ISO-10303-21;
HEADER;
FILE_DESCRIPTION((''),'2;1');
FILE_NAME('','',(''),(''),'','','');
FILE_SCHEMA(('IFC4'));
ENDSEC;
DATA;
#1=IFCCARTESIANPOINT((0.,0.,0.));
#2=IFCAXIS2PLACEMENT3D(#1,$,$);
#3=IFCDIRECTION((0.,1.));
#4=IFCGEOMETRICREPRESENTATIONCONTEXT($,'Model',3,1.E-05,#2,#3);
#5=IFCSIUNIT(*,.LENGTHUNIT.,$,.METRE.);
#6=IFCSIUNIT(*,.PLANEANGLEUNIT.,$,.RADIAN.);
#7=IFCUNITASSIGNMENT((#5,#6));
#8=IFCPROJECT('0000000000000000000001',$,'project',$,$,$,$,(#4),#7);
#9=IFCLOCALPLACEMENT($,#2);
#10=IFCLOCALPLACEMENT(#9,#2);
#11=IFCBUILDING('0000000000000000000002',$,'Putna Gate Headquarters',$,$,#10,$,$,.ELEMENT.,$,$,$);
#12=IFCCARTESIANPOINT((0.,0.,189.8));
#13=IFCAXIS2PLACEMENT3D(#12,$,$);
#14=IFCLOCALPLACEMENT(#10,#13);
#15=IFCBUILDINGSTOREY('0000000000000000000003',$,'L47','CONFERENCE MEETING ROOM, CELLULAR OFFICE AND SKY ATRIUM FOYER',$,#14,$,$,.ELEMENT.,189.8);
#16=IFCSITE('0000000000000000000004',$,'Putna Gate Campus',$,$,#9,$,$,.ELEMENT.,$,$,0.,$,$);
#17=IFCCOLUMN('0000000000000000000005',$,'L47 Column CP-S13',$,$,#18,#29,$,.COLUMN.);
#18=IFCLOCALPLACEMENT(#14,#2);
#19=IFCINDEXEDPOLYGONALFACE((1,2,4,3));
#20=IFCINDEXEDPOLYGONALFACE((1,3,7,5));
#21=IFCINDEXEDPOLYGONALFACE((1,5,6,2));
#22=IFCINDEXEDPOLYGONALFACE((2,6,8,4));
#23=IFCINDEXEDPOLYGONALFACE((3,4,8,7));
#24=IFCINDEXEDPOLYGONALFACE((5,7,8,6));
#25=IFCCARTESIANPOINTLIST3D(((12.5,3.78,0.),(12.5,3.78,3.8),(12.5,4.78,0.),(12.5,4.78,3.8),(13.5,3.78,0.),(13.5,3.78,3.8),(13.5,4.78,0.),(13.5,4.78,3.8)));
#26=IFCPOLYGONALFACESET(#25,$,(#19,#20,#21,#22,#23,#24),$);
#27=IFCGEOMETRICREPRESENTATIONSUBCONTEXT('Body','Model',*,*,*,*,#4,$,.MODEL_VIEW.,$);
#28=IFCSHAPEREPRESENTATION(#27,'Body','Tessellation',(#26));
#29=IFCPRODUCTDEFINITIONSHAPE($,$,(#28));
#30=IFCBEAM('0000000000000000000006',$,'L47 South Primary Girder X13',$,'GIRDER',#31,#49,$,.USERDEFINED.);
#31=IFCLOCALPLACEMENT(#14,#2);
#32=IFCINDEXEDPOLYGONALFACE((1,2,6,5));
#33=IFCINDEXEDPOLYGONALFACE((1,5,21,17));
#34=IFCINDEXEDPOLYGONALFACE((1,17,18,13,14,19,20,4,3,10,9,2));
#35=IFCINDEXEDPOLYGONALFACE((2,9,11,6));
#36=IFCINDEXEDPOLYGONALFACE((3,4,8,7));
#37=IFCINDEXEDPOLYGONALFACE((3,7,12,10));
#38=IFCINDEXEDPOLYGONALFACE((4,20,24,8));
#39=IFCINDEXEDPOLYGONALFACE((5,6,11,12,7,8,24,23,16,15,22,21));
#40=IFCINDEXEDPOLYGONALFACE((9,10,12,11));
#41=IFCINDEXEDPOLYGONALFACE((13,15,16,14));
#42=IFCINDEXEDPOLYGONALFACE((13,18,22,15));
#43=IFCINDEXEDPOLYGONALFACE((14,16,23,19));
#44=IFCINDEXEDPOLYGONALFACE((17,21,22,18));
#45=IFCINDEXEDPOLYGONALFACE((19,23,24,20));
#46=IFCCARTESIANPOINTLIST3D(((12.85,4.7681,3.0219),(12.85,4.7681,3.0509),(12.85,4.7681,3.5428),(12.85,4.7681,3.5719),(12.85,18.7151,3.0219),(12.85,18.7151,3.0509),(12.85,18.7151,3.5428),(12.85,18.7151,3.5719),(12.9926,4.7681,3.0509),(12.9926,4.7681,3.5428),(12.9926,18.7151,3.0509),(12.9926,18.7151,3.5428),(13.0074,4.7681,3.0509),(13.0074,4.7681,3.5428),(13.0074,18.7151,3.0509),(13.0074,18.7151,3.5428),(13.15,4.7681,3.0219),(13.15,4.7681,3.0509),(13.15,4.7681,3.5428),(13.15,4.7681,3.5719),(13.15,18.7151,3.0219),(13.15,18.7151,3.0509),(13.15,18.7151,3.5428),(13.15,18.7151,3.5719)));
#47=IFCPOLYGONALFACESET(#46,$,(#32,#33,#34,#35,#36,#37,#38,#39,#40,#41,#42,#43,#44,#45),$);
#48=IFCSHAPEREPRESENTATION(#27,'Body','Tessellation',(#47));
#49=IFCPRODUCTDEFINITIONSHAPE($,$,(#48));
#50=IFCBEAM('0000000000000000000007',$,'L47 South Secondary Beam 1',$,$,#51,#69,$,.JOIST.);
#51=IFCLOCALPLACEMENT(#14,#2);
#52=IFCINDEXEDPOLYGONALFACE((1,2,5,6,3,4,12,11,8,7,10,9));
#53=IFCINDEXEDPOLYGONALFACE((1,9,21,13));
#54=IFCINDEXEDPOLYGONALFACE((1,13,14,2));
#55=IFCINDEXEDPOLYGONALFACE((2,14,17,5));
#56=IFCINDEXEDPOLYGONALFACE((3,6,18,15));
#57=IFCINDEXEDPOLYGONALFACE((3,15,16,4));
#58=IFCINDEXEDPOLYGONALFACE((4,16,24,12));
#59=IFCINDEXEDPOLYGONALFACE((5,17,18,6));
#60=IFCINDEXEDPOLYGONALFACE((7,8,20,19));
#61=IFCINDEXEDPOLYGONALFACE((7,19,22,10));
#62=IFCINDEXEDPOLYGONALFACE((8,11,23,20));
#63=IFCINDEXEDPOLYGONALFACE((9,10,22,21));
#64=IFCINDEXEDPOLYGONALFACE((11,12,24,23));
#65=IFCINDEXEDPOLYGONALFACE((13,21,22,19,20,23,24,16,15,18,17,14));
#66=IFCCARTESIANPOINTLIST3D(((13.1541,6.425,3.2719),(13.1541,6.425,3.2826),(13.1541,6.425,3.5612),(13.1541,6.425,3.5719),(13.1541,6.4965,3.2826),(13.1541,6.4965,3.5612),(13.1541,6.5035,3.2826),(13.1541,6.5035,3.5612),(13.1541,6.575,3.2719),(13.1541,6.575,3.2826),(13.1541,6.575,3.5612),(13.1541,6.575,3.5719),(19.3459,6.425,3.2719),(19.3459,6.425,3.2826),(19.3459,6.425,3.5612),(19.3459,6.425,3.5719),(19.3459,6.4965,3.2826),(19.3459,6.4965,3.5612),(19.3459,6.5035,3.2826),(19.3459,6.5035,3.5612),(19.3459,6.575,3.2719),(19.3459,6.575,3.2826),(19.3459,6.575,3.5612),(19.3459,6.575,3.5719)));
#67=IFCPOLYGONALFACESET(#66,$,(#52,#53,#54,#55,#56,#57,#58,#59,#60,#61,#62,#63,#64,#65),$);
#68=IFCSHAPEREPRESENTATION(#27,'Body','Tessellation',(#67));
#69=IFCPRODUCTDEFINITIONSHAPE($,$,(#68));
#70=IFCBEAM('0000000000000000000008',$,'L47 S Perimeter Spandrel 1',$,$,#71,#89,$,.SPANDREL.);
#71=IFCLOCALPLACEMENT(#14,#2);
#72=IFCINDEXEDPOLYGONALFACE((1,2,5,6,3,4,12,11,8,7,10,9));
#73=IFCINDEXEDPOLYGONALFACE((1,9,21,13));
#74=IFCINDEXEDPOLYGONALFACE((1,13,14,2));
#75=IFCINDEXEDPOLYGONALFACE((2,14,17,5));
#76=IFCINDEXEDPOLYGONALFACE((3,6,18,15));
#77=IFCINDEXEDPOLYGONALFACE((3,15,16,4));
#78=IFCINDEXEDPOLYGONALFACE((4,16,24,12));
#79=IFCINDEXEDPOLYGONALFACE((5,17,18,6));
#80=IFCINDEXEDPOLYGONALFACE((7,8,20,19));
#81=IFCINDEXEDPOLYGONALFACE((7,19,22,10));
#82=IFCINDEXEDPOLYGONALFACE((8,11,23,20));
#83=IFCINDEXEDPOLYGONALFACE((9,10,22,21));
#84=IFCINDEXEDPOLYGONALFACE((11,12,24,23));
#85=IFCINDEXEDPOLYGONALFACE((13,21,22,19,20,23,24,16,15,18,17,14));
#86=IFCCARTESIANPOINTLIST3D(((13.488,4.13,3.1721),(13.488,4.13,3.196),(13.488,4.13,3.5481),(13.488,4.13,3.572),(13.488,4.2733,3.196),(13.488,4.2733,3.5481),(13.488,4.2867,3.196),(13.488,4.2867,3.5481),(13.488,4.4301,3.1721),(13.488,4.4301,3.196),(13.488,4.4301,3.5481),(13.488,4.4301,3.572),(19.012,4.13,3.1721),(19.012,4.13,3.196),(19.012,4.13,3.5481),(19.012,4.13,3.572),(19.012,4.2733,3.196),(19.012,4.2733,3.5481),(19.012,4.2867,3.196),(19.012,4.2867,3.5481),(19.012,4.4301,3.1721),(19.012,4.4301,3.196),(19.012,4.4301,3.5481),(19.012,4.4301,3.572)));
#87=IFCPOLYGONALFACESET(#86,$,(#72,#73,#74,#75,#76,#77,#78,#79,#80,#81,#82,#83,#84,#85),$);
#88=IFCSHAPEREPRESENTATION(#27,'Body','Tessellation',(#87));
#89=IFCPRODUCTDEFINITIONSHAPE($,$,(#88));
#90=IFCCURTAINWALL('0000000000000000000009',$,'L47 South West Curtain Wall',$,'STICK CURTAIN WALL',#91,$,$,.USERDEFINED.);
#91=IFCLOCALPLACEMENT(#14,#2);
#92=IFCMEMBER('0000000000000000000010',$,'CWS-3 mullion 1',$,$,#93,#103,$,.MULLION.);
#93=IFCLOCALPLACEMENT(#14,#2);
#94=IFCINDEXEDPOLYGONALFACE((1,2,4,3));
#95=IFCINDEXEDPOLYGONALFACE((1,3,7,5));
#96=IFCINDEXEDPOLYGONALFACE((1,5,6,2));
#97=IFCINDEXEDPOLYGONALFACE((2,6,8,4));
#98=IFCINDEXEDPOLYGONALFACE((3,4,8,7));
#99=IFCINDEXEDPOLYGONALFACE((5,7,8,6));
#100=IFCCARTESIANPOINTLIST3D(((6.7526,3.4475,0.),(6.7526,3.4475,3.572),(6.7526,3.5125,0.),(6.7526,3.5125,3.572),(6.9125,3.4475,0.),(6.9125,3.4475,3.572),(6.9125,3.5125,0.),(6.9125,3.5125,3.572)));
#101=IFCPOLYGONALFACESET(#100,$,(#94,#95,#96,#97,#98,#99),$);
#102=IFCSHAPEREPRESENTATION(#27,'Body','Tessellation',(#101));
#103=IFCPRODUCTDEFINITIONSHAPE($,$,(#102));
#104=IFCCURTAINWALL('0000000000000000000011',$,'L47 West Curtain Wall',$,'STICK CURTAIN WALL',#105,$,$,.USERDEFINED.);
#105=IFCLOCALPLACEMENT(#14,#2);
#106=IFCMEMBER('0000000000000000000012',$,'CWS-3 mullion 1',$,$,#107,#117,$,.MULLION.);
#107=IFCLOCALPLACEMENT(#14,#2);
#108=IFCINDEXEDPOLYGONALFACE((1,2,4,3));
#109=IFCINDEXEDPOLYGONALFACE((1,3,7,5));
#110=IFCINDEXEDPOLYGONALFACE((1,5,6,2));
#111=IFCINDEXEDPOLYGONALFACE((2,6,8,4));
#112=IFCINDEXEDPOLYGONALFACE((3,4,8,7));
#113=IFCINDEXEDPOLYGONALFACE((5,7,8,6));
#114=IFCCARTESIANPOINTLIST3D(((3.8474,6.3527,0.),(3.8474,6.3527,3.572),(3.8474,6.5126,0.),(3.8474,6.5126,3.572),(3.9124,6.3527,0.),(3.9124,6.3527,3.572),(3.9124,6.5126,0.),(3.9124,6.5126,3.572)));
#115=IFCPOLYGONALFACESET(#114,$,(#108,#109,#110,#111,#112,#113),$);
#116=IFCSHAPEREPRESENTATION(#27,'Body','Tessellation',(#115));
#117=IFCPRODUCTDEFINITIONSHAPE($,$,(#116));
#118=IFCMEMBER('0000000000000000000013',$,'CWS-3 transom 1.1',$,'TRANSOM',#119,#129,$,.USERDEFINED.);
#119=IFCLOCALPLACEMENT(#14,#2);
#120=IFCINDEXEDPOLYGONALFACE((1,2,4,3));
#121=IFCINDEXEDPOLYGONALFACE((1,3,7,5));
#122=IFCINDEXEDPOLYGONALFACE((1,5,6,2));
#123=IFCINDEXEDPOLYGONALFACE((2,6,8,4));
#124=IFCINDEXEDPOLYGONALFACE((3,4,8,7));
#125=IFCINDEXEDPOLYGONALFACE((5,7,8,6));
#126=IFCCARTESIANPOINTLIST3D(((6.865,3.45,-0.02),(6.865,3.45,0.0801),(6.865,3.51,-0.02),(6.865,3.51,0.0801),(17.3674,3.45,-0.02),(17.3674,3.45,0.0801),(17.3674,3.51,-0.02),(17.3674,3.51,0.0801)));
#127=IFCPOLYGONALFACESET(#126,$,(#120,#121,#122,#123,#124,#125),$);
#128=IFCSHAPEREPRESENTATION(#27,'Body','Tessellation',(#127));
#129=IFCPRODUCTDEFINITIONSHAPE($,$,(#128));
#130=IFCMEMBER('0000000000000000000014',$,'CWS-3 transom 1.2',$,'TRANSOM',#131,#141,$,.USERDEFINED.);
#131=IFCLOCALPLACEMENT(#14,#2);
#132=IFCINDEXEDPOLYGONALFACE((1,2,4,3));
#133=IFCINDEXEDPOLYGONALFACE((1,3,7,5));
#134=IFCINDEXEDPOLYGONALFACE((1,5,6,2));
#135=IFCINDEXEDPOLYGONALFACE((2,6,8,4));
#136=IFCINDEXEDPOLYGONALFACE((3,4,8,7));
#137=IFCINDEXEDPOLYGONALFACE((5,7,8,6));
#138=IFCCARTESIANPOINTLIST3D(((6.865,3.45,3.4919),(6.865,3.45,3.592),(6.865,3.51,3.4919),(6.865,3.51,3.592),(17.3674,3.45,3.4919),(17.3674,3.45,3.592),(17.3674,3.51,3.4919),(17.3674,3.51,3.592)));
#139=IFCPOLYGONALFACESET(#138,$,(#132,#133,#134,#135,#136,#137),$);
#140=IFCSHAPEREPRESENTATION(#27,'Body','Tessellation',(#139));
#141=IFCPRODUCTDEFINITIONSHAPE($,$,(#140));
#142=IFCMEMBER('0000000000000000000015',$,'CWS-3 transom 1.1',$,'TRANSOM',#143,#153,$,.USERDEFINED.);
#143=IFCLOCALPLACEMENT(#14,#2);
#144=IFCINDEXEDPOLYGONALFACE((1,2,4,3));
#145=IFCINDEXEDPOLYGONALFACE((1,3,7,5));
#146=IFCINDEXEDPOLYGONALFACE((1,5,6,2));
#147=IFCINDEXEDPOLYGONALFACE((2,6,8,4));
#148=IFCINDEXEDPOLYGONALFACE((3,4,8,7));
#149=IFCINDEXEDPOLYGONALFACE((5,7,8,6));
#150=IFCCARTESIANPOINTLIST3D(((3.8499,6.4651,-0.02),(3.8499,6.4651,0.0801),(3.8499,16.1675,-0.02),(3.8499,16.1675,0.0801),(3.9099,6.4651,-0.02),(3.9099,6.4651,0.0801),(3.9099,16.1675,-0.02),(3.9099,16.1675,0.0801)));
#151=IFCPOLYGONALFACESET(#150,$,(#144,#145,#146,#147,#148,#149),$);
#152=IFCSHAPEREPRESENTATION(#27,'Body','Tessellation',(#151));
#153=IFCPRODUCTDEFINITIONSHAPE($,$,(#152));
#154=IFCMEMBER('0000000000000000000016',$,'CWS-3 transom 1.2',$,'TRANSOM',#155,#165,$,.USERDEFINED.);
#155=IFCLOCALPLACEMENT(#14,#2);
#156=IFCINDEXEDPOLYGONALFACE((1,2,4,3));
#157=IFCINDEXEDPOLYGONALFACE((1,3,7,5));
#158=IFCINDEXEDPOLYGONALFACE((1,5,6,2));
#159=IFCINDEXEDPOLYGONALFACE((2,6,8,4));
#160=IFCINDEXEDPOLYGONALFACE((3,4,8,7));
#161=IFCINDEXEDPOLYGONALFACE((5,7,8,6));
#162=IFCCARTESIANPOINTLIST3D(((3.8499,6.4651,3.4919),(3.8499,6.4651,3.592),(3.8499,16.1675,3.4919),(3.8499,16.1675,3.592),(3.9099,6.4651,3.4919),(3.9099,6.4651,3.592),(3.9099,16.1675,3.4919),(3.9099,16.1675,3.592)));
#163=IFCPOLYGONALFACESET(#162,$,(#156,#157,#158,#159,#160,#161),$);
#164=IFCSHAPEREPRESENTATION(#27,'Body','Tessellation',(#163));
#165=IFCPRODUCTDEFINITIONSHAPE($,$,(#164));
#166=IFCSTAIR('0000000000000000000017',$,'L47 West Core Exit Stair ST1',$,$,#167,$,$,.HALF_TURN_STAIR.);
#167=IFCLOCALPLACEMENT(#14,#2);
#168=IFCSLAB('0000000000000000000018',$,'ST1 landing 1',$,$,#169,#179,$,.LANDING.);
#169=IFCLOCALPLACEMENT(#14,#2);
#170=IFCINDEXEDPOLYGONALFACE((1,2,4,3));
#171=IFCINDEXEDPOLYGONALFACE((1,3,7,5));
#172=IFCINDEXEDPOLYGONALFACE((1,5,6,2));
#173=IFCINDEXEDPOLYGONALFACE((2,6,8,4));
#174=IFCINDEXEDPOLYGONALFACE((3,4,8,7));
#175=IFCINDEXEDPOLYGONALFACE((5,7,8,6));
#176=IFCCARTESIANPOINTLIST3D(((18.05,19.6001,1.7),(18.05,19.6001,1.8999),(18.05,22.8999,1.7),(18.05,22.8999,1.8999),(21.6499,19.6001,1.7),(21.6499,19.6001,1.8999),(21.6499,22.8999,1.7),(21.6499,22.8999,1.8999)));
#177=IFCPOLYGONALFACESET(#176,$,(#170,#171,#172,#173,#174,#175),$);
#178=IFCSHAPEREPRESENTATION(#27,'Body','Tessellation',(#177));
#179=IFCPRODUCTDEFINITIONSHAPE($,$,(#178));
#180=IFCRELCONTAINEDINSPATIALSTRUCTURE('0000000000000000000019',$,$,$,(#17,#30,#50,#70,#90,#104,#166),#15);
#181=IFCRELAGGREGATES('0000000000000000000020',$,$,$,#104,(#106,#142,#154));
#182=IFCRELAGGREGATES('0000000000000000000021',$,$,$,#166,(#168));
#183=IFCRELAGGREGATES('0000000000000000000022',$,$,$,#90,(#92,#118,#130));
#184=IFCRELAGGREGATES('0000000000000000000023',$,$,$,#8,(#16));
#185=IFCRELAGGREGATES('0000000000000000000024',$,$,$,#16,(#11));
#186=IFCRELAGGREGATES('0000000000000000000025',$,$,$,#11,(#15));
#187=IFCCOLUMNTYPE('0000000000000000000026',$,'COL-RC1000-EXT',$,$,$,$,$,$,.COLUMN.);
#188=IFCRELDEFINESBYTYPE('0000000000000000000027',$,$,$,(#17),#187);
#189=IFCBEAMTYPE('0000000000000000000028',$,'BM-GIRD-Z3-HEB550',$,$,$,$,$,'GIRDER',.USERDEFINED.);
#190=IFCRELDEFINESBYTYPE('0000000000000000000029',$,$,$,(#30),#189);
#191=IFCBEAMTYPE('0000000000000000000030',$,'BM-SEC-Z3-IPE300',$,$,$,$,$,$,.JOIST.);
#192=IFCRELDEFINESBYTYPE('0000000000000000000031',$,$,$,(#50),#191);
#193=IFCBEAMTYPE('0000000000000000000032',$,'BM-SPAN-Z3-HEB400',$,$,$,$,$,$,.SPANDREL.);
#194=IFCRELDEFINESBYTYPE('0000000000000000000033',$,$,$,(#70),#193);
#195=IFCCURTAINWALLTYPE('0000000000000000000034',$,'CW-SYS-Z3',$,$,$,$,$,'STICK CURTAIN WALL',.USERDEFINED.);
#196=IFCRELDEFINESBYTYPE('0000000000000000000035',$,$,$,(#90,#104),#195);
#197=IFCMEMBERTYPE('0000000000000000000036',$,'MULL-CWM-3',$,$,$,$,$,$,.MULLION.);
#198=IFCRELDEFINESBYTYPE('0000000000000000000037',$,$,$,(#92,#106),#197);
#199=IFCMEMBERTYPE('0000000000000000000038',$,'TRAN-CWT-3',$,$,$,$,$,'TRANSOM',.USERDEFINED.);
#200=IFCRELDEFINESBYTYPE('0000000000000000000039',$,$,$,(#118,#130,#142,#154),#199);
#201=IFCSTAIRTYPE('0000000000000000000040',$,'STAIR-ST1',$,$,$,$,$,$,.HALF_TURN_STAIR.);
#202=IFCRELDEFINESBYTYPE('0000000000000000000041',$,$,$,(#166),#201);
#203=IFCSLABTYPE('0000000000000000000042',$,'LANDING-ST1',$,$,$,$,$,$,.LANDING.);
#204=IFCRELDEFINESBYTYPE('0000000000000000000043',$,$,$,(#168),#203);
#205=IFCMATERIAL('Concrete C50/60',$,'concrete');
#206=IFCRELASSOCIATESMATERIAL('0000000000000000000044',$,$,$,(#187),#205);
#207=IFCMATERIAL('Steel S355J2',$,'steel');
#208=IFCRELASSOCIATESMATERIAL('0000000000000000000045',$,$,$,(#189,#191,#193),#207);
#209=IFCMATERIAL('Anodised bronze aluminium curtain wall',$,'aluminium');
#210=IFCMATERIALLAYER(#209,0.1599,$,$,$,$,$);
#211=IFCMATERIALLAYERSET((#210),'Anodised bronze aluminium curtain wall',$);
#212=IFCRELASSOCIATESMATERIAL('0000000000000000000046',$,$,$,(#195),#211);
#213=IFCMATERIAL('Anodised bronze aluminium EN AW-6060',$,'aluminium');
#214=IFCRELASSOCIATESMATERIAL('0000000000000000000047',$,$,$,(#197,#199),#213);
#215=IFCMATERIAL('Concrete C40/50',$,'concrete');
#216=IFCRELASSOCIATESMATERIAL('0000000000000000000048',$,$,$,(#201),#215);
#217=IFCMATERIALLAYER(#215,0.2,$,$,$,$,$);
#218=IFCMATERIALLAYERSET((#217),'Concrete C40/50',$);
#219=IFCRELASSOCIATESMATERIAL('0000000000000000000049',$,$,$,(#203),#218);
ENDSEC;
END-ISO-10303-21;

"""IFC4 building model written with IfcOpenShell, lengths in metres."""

from ifc_helpers import new_model, si_unit, direction, frame, origin, origin_2d, place, context, subcontext, project, spatial, polyline, rectangle, i_section, outline, extrude, material, layer, layer_set, material_profile, profile_set, type_object, element, aggregate, save


model = new_model("IFC4")

# Units and contexts
model_context = context("Model", 3, precision=1e-05, world=origin(), true_north=direction((0.0, 1.0)))
body_context = subcontext(model_context, "Body", "Model", "MODEL_VIEW")
ifc_project = project(units=[si_unit("LENGTHUNIT", "METRE"), si_unit("PLANEANGLEUNIT", "RADIAN")], contexts=[model_context])

# Site, building, storey
site_placement = place(None, origin())
site = spatial("IfcSite", under=ifc_project, at=site_placement, Name="Putna Gate Campus", CompositionType="ELEMENT", RefElevation=0.0)
building_placement = place(site_placement, origin())
building = spatial("IfcBuilding", under=site, at=building_placement, Name="Putna Gate Headquarters", CompositionType="ELEMENT")
storey_placement = place(building_placement, frame((0.0, 0.0, 189.8)))
storey = spatial("IfcBuildingStorey", under=building, at=storey_placement, Name="L47", Description="CONFERENCE MEETING ROOM, CELLULAR OFFICE AND SKY ATRIUM FOYER", CompositionType="ELEMENT", Elevation=189.8)

# Column
ifc_material_1 = material(Name="Concrete C50/60", Category="concrete")
ifc_material_profile_1 = material_profile(ifc_material_1, rectangle(XDim=1.0, YDim=1.0, at=origin_2d()), Name="Concrete C50/60")
ifc_profile_set_1 = profile_set([ifc_material_profile_1], Name="Concrete C50/60")
column_type = type_object("IfcColumnType", Name="COL-RC1000-EXT", PredefinedType="COLUMN", material=ifc_profile_set_1)
column_placement = place(storey_placement, frame((13.0, 4.28, 0.0), z_axis=(0.0, 0.0, 1.0), x_axis=(1.0, 0.0, 0.0)))
element("IfcColumn", 1, at=column_placement, inside=storey, type_object=column_type, Name="L47 Column CP-S13", PredefinedType="COLUMN", context=body_context, shape_type="SweptSolid", body=[
    extrude(rectangle(XDim=1.0, YDim=1.0, at=origin_2d()), origin(), (0.0, 0.0, 1.0), 3.8),
])

# Beams
ifc_material_2 = material(Name="Steel S355J2", Category="steel")
ifc_material_profile_2 = material_profile(ifc_material_2, i_section(OverallWidth=0.3, OverallDepth=0.55, WebThickness=0.0149, FlangeThickness=0.0291, at=origin_2d()), Name="Steel S355J2")
ifc_profile_set_2 = profile_set([ifc_material_profile_2], Name="Steel S355J2")
beam_type_1 = type_object("IfcBeamType", Name="BM-GIRD-Z3-HEB550", ElementType="GIRDER", PredefinedType="USERDEFINED", material=ifc_profile_set_2)
beam_1_placement = place(storey_placement, frame((13.0, 4.7681, 3.2969), z_axis=(0.0, 1.0, 0.0), x_axis=(-1.0, 0.0, 0.0)))
element("IfcBeam", 2, at=beam_1_placement, inside=storey, type_object=beam_type_1, Name="L47 South Primary Girder X13", ObjectType="GIRDER", PredefinedType="USERDEFINED", context=body_context, shape_type="SweptSolid", body=[
    extrude(i_section(OverallWidth=0.3, OverallDepth=0.55, WebThickness=0.0149, FlangeThickness=0.0291, at=origin_2d()), origin(), (0.0, 0.0, 1.0), 13.947),
])
ifc_material_profile_3 = material_profile(ifc_material_2, i_section(OverallWidth=0.1499, OverallDepth=0.3, WebThickness=0.0071, FlangeThickness=0.0107, at=origin_2d()), Name="Steel S355J2")
ifc_profile_set_3 = profile_set([ifc_material_profile_3], Name="Steel S355J2")
beam_type_2 = type_object("IfcBeamType", Name="BM-SEC-Z3-IPE300", PredefinedType="JOIST", material=ifc_profile_set_3)
beam_2_placement = place(storey_placement, frame((13.1541, 6.5, 3.4219), z_axis=(1.0, 0.0, 0.0), x_axis=(0.0, 1.0, 0.0)))
element("IfcBeam", 3, at=beam_2_placement, inside=storey, type_object=beam_type_2, Name="L47 South Secondary Beam 1", PredefinedType="JOIST", context=body_context, shape_type="SweptSolid", body=[
    extrude(i_section(OverallWidth=0.1499, OverallDepth=0.3, WebThickness=0.0071, FlangeThickness=0.0107, at=origin_2d()), origin(), (0.0, 0.0, 1.0), 6.1919),
])
ifc_material_profile_4 = material_profile(ifc_material_2, i_section(OverallWidth=0.3, OverallDepth=0.3999, WebThickness=0.0134, FlangeThickness=0.0239, at=origin_2d()), Name="Steel S355J2")
ifc_profile_set_4 = profile_set([ifc_material_profile_4], Name="Steel S355J2")
beam_type_3 = type_object("IfcBeamType", Name="BM-SPAN-Z3-HEB400", PredefinedType="SPANDREL", material=ifc_profile_set_4)
beam_3_placement = place(storey_placement, frame((13.488, 4.28, 3.3721), z_axis=(1.0, 0.0, 0.0), x_axis=(0.0, 1.0, 0.0)))
element("IfcBeam", 4, at=beam_3_placement, inside=storey, type_object=beam_type_3, Name="L47 S Perimeter Spandrel 1", PredefinedType="SPANDREL", context=body_context, shape_type="SweptSolid", body=[
    extrude(i_section(OverallWidth=0.3, OverallDepth=0.3999, WebThickness=0.0134, FlangeThickness=0.0239, at=origin_2d()), origin(), (0.0, 0.0, 1.0), 5.5239),
])

# Curtain walls, members
ifc_material_3 = material(Name="Anodised bronze aluminium curtain wall", Category="aluminium")
ifc_layer_1 = layer(ifc_material_3, 0.1599)
ifc_layer_set_1 = layer_set([ifc_layer_1], Name="Anodised bronze aluminium curtain wall")
curtain_wall_type = type_object("IfcCurtainWallType", Name="CW-SYS-Z3", ElementType="STICK CURTAIN WALL", PredefinedType="USERDEFINED", material=ifc_layer_set_1)
curtain_wall_1_placement = place(storey_placement, origin())
curtain_wall_1 = element("IfcCurtainWall", 5, at=curtain_wall_1_placement, inside=storey, type_object=curtain_wall_type, Name="L47 South West Curtain Wall", ObjectType="STICK CURTAIN WALL", PredefinedType="USERDEFINED")
ifc_material_4 = material(Name="Anodised bronze aluminium EN AW-6060", Category="aluminium")
ifc_material_profile_5 = material_profile(ifc_material_4, rectangle(XDim=0.0649, YDim=0.1599, at=origin_2d()), Name="Anodised bronze aluminium EN AW-6060")
ifc_profile_set_5 = profile_set([ifc_material_profile_5], Name="Anodised bronze aluminium EN AW-6060")
member_type_1 = type_object("IfcMemberType", Name="MULL-CWM-3", PredefinedType="MULLION", material=ifc_profile_set_5)
member_1_placement = place(storey_placement, frame((6.8325, 3.48, 0.0), z_axis=(0.0, 0.0, 1.0), x_axis=(0.0, 1.0, 0.0)))
member_1 = element("IfcMember", 6, at=member_1_placement, type_object=member_type_1, Name="CWS-3 mullion 1", PredefinedType="MULLION", context=body_context, shape_type="SweptSolid", body=[
    extrude(rectangle(XDim=0.0649, YDim=0.1599, at=origin_2d()), origin(), (0.0, 0.0, 1.0), 3.572),
])
curtain_wall_2_placement = place(storey_placement, origin())
curtain_wall_2 = element("IfcCurtainWall", 7, at=curtain_wall_2_placement, inside=storey, type_object=curtain_wall_type, Name="L47 West Curtain Wall", ObjectType="STICK CURTAIN WALL", PredefinedType="USERDEFINED")
member_2_placement = place(storey_placement, frame((3.8799, 6.4326, 0.0), z_axis=(0.0, 0.0, 1.0), x_axis=(-1.0, 0.0, 0.0)))
member_2 = element("IfcMember", 8, at=member_2_placement, type_object=member_type_1, Name="CWS-3 mullion 1", PredefinedType="MULLION", context=body_context, shape_type="SweptSolid", body=[
    extrude(rectangle(XDim=0.0649, YDim=0.1599, at=origin_2d()), origin(), (0.0, 0.0, 1.0), 3.572),
])

# Members
ifc_material_profile_6 = material_profile(ifc_material_4, rectangle(XDim=0.0601, YDim=0.1001, at=origin_2d()), Name="Anodised bronze aluminium EN AW-6060")
ifc_profile_set_6 = profile_set([ifc_material_profile_6], Name="Anodised bronze aluminium EN AW-6060")
member_type_2 = type_object("IfcMemberType", Name="TRAN-CWT-3", ElementType="TRANSOM", PredefinedType="USERDEFINED", material=ifc_profile_set_6)
member_3_placement = place(storey_placement, frame((6.865, 3.48, 0.03), z_axis=(1.0, 0.0, 0.0), x_axis=(0.0, 1.0, 0.0)))
member_3 = element("IfcMember", 9, at=member_3_placement, type_object=member_type_2, Name="CWS-3 transom 1.1", ObjectType="TRANSOM", PredefinedType="USERDEFINED", context=body_context, shape_type="SweptSolid", body=[
    extrude(rectangle(XDim=0.0601, YDim=0.1001, at=origin_2d()), origin(), (0.0, 0.0, 1.0), 10.5024),
])
member_4_placement = place(storey_placement, frame((6.865, 3.48, 3.542), z_axis=(1.0, 0.0, 0.0), x_axis=(0.0, 1.0, 0.0)))
member_4 = element("IfcMember", 10, at=member_4_placement, type_object=member_type_2, Name="CWS-3 transom 1.2", ObjectType="TRANSOM", PredefinedType="USERDEFINED", context=body_context, shape_type="SweptSolid", body=[
    extrude(rectangle(XDim=0.0601, YDim=0.1001, at=origin_2d()), origin(), (0.0, 0.0, 1.0), 10.5024),
])
member_5_placement = place(storey_placement, frame((3.8799, 6.4651, 0.03), z_axis=(0.0, 1.0, 0.0), x_axis=(-1.0, 0.0, 0.0)))
member_5 = element("IfcMember", 11, at=member_5_placement, type_object=member_type_2, Name="CWS-3 transom 1.1", ObjectType="TRANSOM", PredefinedType="USERDEFINED", context=body_context, shape_type="SweptSolid", body=[
    extrude(rectangle(XDim=0.0601, YDim=0.1001, at=origin_2d()), origin(), (0.0, 0.0, 1.0), 9.7024),
])
member_6_placement = place(storey_placement, frame((3.8799, 6.4651, 3.542), z_axis=(0.0, 1.0, 0.0), x_axis=(-1.0, 0.0, 0.0)))
member_6 = element("IfcMember", 12, at=member_6_placement, type_object=member_type_2, Name="CWS-3 transom 1.2", ObjectType="TRANSOM", PredefinedType="USERDEFINED", context=body_context, shape_type="SweptSolid", body=[
    extrude(rectangle(XDim=0.0601, YDim=0.1001, at=origin_2d()), origin(), (0.0, 0.0, 1.0), 9.7024),
])
aggregate(curtain_wall_2, [member_2, member_5, member_6])

# Stair, slab
ifc_material_5 = material(Name="Concrete C40/50", Category="concrete")
stair_type_1 = type_object("IfcStairType", Name="STAIR-ST1", PredefinedType="HALF_TURN_STAIR", material=ifc_material_5)
stair_1_placement = place(storey_placement, origin())
stair_1 = element("IfcStair", 13, at=stair_1_placement, inside=storey, type_object=stair_type_1, Name="L47 West Core Exit Stair ST1", PredefinedType="HALF_TURN_STAIR")
ifc_layer_2 = layer(ifc_material_5, 0.2)
ifc_layer_set_2 = layer_set([ifc_layer_2], Name="Concrete C40/50")
slab_type_1 = type_object("IfcSlabType", Name="LANDING-ST1", PredefinedType="LANDING", material=ifc_layer_set_2)
slab_1_placement = place(storey_placement, frame((0.0, 0.0, 1.7)))
slab_1 = element("IfcSlab", 14, at=slab_1_placement, type_object=slab_type_1, Name="ST1 landing 1", PredefinedType="LANDING", context=body_context, shape_type="SweptSolid", body=[
    extrude(outline(polyline([(18.05, 19.6001), (21.6499, 19.6001), (21.6499, 22.8999), (18.05, 22.8999), (18.05, 19.6001)])), origin(), (0.0, 0.0, 1.0), 0.2),
])
aggregate(stair_1, [slab_1])

aggregate(curtain_wall_1, [member_1, member_3, member_4])

save(model, "model.ifc")
